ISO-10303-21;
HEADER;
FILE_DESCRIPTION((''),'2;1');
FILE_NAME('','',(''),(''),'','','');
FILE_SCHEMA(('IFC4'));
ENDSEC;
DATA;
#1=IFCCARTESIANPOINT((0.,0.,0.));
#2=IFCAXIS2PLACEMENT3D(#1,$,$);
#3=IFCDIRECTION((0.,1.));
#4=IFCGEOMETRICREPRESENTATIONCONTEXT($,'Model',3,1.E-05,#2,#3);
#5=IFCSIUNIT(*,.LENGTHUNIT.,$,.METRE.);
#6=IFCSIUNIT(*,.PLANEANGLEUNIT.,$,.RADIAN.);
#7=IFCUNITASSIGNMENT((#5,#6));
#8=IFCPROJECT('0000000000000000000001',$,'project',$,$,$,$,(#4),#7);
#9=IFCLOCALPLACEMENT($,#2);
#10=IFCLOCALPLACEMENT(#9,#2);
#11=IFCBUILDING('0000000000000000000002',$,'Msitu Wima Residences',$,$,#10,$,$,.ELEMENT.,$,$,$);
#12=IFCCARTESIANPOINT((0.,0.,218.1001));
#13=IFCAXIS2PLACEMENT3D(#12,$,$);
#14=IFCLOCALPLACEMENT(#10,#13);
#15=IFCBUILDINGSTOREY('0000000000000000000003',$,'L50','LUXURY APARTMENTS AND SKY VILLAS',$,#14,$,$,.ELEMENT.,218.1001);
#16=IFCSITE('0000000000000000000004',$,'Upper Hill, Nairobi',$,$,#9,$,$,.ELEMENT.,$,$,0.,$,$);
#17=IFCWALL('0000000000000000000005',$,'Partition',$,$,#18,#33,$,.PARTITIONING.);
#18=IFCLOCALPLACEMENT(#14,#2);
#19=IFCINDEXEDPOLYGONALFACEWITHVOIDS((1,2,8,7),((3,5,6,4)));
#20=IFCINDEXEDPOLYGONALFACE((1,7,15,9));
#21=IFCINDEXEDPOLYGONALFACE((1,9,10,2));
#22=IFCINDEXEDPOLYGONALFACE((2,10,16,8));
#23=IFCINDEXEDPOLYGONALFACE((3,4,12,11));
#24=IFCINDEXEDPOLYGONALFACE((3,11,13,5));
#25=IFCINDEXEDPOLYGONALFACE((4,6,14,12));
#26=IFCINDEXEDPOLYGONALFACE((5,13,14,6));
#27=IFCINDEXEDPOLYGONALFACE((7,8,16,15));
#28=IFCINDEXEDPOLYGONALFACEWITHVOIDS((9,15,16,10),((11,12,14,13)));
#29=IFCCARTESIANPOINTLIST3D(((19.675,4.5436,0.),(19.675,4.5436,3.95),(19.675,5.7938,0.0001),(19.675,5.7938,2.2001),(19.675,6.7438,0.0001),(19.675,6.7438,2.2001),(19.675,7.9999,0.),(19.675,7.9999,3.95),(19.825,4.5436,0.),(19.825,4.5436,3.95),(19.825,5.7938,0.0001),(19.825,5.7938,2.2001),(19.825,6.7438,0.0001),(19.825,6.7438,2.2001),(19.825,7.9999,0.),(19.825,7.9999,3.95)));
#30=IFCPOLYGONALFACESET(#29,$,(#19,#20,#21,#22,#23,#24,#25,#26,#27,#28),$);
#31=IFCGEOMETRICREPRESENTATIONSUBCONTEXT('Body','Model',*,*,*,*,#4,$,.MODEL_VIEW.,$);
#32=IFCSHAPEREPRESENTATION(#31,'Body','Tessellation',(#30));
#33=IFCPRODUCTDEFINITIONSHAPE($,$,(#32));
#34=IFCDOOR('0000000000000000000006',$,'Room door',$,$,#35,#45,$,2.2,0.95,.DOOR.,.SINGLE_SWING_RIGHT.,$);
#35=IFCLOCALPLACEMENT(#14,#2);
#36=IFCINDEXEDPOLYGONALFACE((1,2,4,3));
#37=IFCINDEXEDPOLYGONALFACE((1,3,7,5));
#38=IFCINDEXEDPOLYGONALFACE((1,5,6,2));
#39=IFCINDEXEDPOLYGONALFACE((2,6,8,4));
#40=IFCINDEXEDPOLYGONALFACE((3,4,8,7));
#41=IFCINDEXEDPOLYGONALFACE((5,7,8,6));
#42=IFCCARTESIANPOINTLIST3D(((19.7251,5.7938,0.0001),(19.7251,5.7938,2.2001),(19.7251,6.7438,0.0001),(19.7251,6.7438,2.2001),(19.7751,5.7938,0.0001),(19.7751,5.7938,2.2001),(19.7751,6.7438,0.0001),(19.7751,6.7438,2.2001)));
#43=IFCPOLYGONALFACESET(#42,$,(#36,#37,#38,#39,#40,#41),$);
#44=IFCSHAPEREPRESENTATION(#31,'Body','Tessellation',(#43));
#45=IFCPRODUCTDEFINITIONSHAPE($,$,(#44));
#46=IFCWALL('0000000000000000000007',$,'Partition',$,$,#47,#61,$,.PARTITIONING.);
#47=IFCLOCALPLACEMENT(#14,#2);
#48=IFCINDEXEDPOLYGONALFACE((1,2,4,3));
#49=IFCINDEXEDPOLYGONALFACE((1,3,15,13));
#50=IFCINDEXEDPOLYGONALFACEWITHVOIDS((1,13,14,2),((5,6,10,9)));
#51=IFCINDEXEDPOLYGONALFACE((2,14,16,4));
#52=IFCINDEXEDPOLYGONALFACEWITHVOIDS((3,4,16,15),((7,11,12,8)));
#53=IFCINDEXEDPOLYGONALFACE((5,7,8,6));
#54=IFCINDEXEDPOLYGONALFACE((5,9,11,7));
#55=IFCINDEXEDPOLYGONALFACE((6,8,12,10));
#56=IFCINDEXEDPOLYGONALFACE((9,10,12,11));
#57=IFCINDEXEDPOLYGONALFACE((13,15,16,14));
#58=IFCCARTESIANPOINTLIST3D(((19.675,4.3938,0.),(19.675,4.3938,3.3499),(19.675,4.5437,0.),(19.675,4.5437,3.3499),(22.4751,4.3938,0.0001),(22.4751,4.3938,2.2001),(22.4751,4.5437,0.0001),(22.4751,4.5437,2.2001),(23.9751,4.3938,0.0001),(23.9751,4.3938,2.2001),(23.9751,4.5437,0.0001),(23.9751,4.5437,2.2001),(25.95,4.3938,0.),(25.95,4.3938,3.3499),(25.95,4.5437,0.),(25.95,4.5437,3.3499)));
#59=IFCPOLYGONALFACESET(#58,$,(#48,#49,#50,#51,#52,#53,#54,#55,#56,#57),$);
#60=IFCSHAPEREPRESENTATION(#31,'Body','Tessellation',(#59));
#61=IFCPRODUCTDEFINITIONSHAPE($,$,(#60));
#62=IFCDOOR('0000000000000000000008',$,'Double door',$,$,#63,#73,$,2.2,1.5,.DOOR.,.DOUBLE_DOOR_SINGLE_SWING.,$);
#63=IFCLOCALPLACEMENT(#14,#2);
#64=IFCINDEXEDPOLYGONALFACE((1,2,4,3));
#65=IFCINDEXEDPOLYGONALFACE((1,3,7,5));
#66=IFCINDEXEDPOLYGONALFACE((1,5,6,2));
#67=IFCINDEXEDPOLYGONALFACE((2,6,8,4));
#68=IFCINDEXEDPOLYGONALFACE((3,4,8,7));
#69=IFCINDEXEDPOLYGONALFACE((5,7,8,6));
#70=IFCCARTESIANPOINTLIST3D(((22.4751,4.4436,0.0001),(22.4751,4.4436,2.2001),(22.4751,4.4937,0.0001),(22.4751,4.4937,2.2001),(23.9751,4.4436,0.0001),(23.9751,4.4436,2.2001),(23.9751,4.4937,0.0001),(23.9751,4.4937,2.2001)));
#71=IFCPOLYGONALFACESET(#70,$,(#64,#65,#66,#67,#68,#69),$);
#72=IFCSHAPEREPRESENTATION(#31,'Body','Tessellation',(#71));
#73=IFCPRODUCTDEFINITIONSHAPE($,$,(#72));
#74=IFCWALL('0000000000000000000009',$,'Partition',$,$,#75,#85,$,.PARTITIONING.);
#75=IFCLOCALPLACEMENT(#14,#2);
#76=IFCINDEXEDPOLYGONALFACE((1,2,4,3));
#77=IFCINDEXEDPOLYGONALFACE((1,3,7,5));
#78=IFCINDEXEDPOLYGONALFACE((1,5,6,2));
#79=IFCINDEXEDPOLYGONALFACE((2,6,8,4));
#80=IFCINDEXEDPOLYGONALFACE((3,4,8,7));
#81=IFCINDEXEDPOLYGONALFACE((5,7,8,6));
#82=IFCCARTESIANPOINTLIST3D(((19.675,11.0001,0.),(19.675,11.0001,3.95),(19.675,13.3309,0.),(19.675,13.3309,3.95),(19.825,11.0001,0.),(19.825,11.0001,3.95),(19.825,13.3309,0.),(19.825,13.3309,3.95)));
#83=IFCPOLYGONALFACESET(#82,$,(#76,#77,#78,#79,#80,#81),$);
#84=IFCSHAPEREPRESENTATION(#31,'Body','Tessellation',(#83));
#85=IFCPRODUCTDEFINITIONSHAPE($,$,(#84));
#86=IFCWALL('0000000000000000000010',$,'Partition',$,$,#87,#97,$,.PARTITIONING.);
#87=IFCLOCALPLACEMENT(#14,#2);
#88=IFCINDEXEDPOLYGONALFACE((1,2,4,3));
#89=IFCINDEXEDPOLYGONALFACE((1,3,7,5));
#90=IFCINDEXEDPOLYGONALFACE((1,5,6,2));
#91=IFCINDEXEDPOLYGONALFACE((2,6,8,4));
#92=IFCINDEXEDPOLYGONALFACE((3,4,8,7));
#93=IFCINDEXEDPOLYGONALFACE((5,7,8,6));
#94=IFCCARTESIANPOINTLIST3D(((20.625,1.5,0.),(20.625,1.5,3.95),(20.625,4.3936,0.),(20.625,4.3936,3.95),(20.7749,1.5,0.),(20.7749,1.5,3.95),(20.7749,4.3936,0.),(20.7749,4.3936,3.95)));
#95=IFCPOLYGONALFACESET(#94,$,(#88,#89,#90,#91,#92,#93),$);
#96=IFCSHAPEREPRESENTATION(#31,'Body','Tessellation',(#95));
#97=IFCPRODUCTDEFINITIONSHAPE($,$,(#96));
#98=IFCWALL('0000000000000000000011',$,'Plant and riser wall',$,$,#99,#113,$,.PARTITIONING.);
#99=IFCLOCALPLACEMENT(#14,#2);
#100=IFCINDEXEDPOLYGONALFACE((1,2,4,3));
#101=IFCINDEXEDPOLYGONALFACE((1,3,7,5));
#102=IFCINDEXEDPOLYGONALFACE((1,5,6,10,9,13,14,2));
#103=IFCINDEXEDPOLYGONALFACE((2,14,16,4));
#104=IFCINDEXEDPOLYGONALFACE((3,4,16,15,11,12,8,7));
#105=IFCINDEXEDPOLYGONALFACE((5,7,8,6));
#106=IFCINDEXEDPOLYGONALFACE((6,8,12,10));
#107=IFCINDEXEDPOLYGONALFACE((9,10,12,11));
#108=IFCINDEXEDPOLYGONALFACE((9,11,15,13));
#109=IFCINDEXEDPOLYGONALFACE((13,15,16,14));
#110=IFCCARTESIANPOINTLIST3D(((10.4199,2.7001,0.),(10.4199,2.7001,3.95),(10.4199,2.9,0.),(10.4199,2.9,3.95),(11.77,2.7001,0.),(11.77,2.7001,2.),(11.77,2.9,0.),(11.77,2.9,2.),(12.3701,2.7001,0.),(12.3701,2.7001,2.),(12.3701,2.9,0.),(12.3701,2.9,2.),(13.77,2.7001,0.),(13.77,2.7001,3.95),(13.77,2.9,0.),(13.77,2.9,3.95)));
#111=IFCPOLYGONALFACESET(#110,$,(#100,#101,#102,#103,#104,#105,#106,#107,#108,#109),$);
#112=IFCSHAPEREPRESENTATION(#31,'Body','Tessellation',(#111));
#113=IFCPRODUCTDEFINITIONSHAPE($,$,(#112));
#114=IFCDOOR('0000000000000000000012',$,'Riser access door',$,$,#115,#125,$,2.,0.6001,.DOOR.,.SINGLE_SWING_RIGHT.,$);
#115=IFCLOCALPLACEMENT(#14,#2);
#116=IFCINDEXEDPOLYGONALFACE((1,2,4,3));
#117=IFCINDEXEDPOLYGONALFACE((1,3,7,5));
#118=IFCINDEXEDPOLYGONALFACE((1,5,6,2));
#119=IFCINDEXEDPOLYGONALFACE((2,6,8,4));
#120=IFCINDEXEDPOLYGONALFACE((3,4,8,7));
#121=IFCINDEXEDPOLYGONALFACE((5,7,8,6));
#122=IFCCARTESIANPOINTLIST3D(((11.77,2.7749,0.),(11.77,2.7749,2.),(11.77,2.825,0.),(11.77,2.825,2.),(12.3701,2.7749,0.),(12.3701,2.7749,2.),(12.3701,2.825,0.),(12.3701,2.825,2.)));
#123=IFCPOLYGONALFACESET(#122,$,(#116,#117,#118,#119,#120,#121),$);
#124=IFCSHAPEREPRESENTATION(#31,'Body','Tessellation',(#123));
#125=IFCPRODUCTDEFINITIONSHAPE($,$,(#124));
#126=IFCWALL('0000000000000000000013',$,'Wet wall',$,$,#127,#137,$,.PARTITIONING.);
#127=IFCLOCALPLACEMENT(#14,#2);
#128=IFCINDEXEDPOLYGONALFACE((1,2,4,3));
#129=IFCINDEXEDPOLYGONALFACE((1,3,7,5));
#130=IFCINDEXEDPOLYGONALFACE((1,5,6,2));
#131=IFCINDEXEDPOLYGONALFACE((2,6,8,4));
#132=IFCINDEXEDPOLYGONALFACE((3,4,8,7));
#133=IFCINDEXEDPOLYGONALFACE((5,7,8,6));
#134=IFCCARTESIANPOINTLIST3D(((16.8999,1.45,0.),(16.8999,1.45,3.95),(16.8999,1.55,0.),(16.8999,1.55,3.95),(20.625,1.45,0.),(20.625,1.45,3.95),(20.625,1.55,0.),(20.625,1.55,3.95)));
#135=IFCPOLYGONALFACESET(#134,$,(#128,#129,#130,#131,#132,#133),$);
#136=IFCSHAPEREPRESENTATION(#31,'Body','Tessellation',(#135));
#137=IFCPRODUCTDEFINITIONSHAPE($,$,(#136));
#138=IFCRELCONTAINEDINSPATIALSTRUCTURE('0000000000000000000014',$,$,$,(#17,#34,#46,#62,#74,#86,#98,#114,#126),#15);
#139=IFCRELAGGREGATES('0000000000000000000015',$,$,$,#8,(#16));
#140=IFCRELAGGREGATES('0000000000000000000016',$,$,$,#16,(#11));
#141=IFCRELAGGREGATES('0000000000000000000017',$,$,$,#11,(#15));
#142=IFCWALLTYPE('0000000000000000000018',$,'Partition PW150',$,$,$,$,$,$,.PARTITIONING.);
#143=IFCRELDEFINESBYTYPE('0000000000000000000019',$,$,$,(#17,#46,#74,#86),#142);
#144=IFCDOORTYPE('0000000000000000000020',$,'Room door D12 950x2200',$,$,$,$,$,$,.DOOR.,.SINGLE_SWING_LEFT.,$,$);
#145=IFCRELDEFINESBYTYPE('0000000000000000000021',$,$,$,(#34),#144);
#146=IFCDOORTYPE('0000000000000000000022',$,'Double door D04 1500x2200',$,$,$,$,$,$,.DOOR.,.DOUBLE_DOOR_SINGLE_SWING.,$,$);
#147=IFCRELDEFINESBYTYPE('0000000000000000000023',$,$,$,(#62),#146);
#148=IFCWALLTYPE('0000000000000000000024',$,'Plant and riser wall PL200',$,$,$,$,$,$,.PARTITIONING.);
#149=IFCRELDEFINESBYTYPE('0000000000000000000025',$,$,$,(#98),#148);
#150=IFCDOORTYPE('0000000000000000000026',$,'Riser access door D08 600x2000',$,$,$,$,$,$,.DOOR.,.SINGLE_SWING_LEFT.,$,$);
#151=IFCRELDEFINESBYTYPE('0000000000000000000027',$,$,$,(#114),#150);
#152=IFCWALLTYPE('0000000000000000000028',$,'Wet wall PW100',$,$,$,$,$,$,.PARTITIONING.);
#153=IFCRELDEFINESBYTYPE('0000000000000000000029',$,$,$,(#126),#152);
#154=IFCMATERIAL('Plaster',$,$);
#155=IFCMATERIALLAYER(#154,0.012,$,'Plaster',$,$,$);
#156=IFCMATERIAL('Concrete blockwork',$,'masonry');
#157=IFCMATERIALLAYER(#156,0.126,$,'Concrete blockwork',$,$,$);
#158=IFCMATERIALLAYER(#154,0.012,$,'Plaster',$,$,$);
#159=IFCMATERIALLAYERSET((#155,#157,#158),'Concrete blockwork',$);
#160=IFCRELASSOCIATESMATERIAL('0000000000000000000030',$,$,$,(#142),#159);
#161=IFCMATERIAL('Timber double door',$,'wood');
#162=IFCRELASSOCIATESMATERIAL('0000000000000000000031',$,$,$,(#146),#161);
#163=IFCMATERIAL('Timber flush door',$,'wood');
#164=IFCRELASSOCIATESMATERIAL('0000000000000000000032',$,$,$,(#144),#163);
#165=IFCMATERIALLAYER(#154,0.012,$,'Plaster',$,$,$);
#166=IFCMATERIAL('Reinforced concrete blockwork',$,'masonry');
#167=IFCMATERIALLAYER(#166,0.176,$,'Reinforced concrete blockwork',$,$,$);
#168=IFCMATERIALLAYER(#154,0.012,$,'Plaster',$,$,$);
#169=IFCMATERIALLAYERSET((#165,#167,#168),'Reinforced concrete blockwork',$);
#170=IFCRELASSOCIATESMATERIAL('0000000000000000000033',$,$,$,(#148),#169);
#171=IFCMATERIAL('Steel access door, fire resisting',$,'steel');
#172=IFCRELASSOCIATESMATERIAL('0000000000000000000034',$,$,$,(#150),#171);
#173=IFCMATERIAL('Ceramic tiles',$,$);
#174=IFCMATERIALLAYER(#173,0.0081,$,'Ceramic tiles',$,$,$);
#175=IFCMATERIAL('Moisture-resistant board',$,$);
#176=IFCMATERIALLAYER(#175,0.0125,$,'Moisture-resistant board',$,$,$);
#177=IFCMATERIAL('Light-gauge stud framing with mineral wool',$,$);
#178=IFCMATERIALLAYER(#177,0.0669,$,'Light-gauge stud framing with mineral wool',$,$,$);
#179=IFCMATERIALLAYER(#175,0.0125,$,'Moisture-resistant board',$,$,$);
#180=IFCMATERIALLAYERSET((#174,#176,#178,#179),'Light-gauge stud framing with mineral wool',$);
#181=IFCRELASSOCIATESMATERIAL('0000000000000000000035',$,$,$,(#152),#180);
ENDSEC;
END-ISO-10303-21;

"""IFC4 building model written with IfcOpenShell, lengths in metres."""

from ifc_helpers import new_model, si_unit, direction, frame, frame_2d, origin, place, context, subcontext, project, spatial, rectangle, extrude, material, layer, layer_set, type_object, element, fill, save


model = new_model("IFC4")

# Units and contexts
model_context = context("Model", 3, precision=1e-05, world=origin(), true_north=direction((0.0, 1.0)))
body_context = subcontext(model_context, "Body", "Model", "MODEL_VIEW")
ifc_project = project(units=[si_unit("LENGTHUNIT", "METRE"), si_unit("PLANEANGLEUNIT", "RADIAN")], contexts=[model_context])

# Site, building, storey
site_placement = place(None, origin())
site = spatial("IfcSite", under=ifc_project, at=site_placement, Name="Upper Hill, Nairobi", CompositionType="ELEMENT", RefElevation=0.0)
building_placement = place(site_placement, origin())
building = spatial("IfcBuilding", under=site, at=building_placement, Name="Msitu Wima Residences", CompositionType="ELEMENT")
storey_placement = place(building_placement, frame((0.0, 0.0, 218.1001)))
storey = spatial("IfcBuildingStorey", under=building, at=storey_placement, Name="L50", Description="LUXURY APARTMENTS AND SKY VILLAS", CompositionType="ELEMENT", Elevation=218.1001)

# Walls, openings, doors
ifc_material_1 = material(Name="Plaster")
ifc_layer_1 = layer(ifc_material_1, 0.012, Name="Plaster")
ifc_material_2 = material(Name="Concrete blockwork", Category="masonry")
ifc_layer_2 = layer(ifc_material_2, 0.126, Name="Concrete blockwork")
ifc_layer_3 = layer(ifc_material_1, 0.012, Name="Plaster")
ifc_layer_set_1 = layer_set([ifc_layer_1, ifc_layer_2, ifc_layer_3], Name="Concrete blockwork")
wall_type_1 = type_object("IfcWallType", Name="Partition PW150", PredefinedType="PARTITIONING", material=ifc_layer_set_1)
ifc_material_3 = material(Name="Timber double door", Category="wood")
door_type_1 = type_object("IfcDoorType", Name="Double door D04 1500x2200", OperationType="DOUBLE_DOOR_SINGLE_SWING", PredefinedType="DOOR", material=ifc_material_3)
wall_1_placement = place(storey_placement, frame((19.75, 4.5437, 0.0), z_axis=(0.0, 0.0, 1.0), x_axis=(0.0, 1.0, 0.0)))
wall_1 = element("IfcWall", 1, at=wall_1_placement, inside=storey, type_object=wall_type_1, Name="Partition", PredefinedType="PARTITIONING", context=body_context, shape_type="SweptSolid", body=[
    extrude(rectangle(XDim=3.4563, YDim=0.1499, at=frame_2d((1.728, 0.0))), origin(), (0.0, 0.0, 1.0), 3.95),
])
opening_1_placement = place(wall_1_placement, frame((1.25, 0.0, 0.0)))
opening_1 = element("IfcOpeningElement", 2, at=opening_1_placement, cuts=wall_1, PredefinedType="OPENING", context=body_context, shape_type="SweptSolid", body=[
    extrude(rectangle(XDim=0.95, YDim=2.2, at=frame_2d((0.4751, 1.1001))), frame((0.0, 0.085, 0.0), z_axis=(0.0, -1.0, 0.0), x_axis=(1.0, 0.0, 0.0)), (0.0, 0.0, 1.0), 0.1699),
])
ifc_material_4 = material(Name="Timber flush door", Category="wood")
door_type_2 = type_object("IfcDoorType", Name="Room door D12 950x2200", OperationType="SINGLE_SWING_LEFT", PredefinedType="DOOR", material=ifc_material_4)
door_1_placement = place(opening_1_placement, origin())
door_1 = element("IfcDoor", 3, at=door_1_placement, inside=storey, type_object=door_type_2, Name="Room door", OperationType="SINGLE_SWING_RIGHT", OverallHeight=2.2, OverallWidth=0.95, PredefinedType="DOOR", context=body_context, shape_type="SweptSolid", body=[
    extrude(rectangle(XDim=0.95, YDim=2.2, at=frame_2d((0.4751, 1.1001))), frame((0.0, 0.0249, 0.0), z_axis=(0.0, -1.0, 0.0), x_axis=(1.0, 0.0, 0.0)), (0.0, 0.0, 1.0), 0.05),
])
fill(opening_1, door_1)
wall_2_placement = place(storey_placement, frame((19.675, 4.4688, 0.0), z_axis=(0.0, 0.0, 1.0), x_axis=(1.0, 0.0, 0.0)))
wall_2 = element("IfcWall", 4, at=wall_2_placement, inside=storey, type_object=wall_type_1, Name="Partition", PredefinedType="PARTITIONING", context=body_context, shape_type="SweptSolid", body=[
    extrude(rectangle(XDim=6.2749, YDim=0.1499, at=frame_2d((3.1375, 0.0))), origin(), (0.0, 0.0, 1.0), 3.3499),
])
opening_2_placement = place(wall_2_placement, frame((2.8, 0.0, 0.0)))
opening_2 = element("IfcOpeningElement", 5, at=opening_2_placement, cuts=wall_2, PredefinedType="OPENING", context=body_context, shape_type="SweptSolid", body=[
    extrude(rectangle(XDim=1.5, YDim=2.2, at=frame_2d((0.75, 1.1001))), frame((0.0, 0.085, 0.0), z_axis=(0.0, -1.0, 0.0), x_axis=(1.0, 0.0, 0.0)), (0.0, 0.0, 1.0), 0.1699),
])
door_2_placement = place(opening_2_placement, origin())
door_2 = element("IfcDoor", 6, at=door_2_placement, inside=storey, type_object=door_type_1, Name="Double door", OperationType="DOUBLE_DOOR_SINGLE_SWING", OverallHeight=2.2, OverallWidth=1.5, PredefinedType="DOOR", context=body_context, shape_type="SweptSolid", body=[
    extrude(rectangle(XDim=1.5, YDim=2.2, at=frame_2d((0.75, 1.1001))), frame((0.0, 0.0249, 0.0), z_axis=(0.0, -1.0, 0.0), x_axis=(1.0, 0.0, 0.0)), (0.0, 0.0, 1.0), 0.05),
])
fill(opening_2, door_2)

# Walls
wall_3_placement = place(storey_placement, frame((19.75, 11.0, 0.0), z_axis=(0.0, 0.0, 1.0), x_axis=(0.0, 1.0, 0.0)))
element("IfcWall", 7, at=wall_3_placement, inside=storey, type_object=wall_type_1, Name="Partition", PredefinedType="PARTITIONING", context=body_context, shape_type="SweptSolid", body=[
    extrude(rectangle(XDim=2.3308, YDim=0.1499, at=frame_2d((1.1655, 0.0))), origin(), (0.0, 0.0, 1.0), 3.95),
])
wall_4_placement = place(storey_placement, frame((20.7, 1.5, 0.0), z_axis=(0.0, 0.0, 1.0), x_axis=(0.0, 1.0, 0.0)))
element("IfcWall", 8, at=wall_4_placement, inside=storey, type_object=wall_type_1, Name="Partition", PredefinedType="PARTITIONING", context=body_context, shape_type="SweptSolid", body=[
    extrude(rectangle(XDim=2.8936, YDim=0.1499, at=frame_2d((1.4468, 0.0))), origin(), (0.0, 0.0, 1.0), 3.95),
])

# Wall, opening, door
ifc_layer_4 = layer(ifc_material_1, 0.012, Name="Plaster")
ifc_material_5 = material(Name="Reinforced concrete blockwork", Category="masonry")
ifc_layer_5 = layer(ifc_material_5, 0.176, Name="Reinforced concrete blockwork")
ifc_layer_6 = layer(ifc_material_1, 0.012, Name="Plaster")
ifc_layer_set_2 = layer_set([ifc_layer_4, ifc_layer_5, ifc_layer_6], Name="Reinforced concrete blockwork")
wall_type_2 = type_object("IfcWallType", Name="Plant and riser wall PL200", PredefinedType="PARTITIONING", material=ifc_layer_set_2)
wall_5_placement = place(storey_placement, frame((10.4199, 2.8, 0.0), z_axis=(0.0, 0.0, 1.0), x_axis=(1.0, 0.0, 0.0)))
wall_5 = element("IfcWall", 9, at=wall_5_placement, inside=storey, type_object=wall_type_2, Name="Plant and riser wall", PredefinedType="PARTITIONING", context=body_context, shape_type="SweptSolid", body=[
    extrude(rectangle(XDim=3.3501, YDim=0.2, at=frame_2d((1.675, 0.0))), origin(), (0.0, 0.0, 1.0), 3.95),
])
opening_3_placement = place(wall_5_placement, frame((1.3501, 0.0, 0.0)))
opening_3 = element("IfcOpeningElement", 10, at=opening_3_placement, cuts=wall_5, PredefinedType="OPENING", context=body_context, shape_type="SweptSolid", body=[
    extrude(rectangle(XDim=0.6001, YDim=2.0, at=frame_2d((0.3, 1.0))), frame((0.0, 0.1099, 0.0), z_axis=(0.0, -1.0, 0.0), x_axis=(1.0, 0.0, 0.0)), (0.0, 0.0, 1.0), 0.22),
])
ifc_material_6 = material(Name="Steel access door, fire resisting", Category="steel")
door_type_3 = type_object("IfcDoorType", Name="Riser access door D08 600x2000", OperationType="SINGLE_SWING_LEFT", PredefinedType="DOOR", material=ifc_material_6)
door_3_placement = place(opening_3_placement, origin())
door_3 = element("IfcDoor", 11, at=door_3_placement, inside=storey, type_object=door_type_3, Name="Riser access door", OperationType="SINGLE_SWING_RIGHT", OverallHeight=2.0, OverallWidth=0.6001, PredefinedType="DOOR", context=body_context, shape_type="SweptSolid", body=[
    extrude(rectangle(XDim=0.6001, YDim=2.0, at=frame_2d((0.3, 1.0))), frame((0.0, 0.0249, 0.0), z_axis=(0.0, -1.0, 0.0), x_axis=(1.0, 0.0, 0.0)), (0.0, 0.0, 1.0), 0.05),
])
fill(opening_3, door_3)

# Wall
ifc_material_7 = material(Name="Ceramic tiles")
ifc_layer_7 = layer(ifc_material_7, 0.0081, Name="Ceramic tiles")
ifc_material_8 = material(Name="Moisture-resistant board")
ifc_layer_8 = layer(ifc_material_8, 0.0125, Name="Moisture-resistant board")
ifc_material_9 = material(Name="Light-gauge stud framing with mineral wool")
ifc_layer_9 = layer(ifc_material_9, 0.0669, Name="Light-gauge stud framing with mineral wool")
ifc_layer_10 = layer(ifc_material_8, 0.0125, Name="Moisture-resistant board")
ifc_layer_set_3 = layer_set([ifc_layer_7, ifc_layer_8, ifc_layer_9, ifc_layer_10], Name="Light-gauge stud framing with mineral wool")
wall_type_3 = type_object("IfcWallType", Name="Wet wall PW100", PredefinedType="PARTITIONING", material=ifc_layer_set_3)
wall_6_placement = place(storey_placement, frame((16.8999, 1.5, 0.0), z_axis=(0.0, 0.0, 1.0), x_axis=(1.0, 0.0, 0.0)))
element("IfcWall", 12, at=wall_6_placement, inside=storey, type_object=wall_type_3, Name="Wet wall", PredefinedType="PARTITIONING", context=body_context, shape_type="SweptSolid", body=[
    extrude(rectangle(XDim=3.7251, YDim=0.1001, at=frame_2d((1.8625, 0.0))), origin(), (0.0, 0.0, 1.0), 3.95),
])

save(model, "model.ifc")
